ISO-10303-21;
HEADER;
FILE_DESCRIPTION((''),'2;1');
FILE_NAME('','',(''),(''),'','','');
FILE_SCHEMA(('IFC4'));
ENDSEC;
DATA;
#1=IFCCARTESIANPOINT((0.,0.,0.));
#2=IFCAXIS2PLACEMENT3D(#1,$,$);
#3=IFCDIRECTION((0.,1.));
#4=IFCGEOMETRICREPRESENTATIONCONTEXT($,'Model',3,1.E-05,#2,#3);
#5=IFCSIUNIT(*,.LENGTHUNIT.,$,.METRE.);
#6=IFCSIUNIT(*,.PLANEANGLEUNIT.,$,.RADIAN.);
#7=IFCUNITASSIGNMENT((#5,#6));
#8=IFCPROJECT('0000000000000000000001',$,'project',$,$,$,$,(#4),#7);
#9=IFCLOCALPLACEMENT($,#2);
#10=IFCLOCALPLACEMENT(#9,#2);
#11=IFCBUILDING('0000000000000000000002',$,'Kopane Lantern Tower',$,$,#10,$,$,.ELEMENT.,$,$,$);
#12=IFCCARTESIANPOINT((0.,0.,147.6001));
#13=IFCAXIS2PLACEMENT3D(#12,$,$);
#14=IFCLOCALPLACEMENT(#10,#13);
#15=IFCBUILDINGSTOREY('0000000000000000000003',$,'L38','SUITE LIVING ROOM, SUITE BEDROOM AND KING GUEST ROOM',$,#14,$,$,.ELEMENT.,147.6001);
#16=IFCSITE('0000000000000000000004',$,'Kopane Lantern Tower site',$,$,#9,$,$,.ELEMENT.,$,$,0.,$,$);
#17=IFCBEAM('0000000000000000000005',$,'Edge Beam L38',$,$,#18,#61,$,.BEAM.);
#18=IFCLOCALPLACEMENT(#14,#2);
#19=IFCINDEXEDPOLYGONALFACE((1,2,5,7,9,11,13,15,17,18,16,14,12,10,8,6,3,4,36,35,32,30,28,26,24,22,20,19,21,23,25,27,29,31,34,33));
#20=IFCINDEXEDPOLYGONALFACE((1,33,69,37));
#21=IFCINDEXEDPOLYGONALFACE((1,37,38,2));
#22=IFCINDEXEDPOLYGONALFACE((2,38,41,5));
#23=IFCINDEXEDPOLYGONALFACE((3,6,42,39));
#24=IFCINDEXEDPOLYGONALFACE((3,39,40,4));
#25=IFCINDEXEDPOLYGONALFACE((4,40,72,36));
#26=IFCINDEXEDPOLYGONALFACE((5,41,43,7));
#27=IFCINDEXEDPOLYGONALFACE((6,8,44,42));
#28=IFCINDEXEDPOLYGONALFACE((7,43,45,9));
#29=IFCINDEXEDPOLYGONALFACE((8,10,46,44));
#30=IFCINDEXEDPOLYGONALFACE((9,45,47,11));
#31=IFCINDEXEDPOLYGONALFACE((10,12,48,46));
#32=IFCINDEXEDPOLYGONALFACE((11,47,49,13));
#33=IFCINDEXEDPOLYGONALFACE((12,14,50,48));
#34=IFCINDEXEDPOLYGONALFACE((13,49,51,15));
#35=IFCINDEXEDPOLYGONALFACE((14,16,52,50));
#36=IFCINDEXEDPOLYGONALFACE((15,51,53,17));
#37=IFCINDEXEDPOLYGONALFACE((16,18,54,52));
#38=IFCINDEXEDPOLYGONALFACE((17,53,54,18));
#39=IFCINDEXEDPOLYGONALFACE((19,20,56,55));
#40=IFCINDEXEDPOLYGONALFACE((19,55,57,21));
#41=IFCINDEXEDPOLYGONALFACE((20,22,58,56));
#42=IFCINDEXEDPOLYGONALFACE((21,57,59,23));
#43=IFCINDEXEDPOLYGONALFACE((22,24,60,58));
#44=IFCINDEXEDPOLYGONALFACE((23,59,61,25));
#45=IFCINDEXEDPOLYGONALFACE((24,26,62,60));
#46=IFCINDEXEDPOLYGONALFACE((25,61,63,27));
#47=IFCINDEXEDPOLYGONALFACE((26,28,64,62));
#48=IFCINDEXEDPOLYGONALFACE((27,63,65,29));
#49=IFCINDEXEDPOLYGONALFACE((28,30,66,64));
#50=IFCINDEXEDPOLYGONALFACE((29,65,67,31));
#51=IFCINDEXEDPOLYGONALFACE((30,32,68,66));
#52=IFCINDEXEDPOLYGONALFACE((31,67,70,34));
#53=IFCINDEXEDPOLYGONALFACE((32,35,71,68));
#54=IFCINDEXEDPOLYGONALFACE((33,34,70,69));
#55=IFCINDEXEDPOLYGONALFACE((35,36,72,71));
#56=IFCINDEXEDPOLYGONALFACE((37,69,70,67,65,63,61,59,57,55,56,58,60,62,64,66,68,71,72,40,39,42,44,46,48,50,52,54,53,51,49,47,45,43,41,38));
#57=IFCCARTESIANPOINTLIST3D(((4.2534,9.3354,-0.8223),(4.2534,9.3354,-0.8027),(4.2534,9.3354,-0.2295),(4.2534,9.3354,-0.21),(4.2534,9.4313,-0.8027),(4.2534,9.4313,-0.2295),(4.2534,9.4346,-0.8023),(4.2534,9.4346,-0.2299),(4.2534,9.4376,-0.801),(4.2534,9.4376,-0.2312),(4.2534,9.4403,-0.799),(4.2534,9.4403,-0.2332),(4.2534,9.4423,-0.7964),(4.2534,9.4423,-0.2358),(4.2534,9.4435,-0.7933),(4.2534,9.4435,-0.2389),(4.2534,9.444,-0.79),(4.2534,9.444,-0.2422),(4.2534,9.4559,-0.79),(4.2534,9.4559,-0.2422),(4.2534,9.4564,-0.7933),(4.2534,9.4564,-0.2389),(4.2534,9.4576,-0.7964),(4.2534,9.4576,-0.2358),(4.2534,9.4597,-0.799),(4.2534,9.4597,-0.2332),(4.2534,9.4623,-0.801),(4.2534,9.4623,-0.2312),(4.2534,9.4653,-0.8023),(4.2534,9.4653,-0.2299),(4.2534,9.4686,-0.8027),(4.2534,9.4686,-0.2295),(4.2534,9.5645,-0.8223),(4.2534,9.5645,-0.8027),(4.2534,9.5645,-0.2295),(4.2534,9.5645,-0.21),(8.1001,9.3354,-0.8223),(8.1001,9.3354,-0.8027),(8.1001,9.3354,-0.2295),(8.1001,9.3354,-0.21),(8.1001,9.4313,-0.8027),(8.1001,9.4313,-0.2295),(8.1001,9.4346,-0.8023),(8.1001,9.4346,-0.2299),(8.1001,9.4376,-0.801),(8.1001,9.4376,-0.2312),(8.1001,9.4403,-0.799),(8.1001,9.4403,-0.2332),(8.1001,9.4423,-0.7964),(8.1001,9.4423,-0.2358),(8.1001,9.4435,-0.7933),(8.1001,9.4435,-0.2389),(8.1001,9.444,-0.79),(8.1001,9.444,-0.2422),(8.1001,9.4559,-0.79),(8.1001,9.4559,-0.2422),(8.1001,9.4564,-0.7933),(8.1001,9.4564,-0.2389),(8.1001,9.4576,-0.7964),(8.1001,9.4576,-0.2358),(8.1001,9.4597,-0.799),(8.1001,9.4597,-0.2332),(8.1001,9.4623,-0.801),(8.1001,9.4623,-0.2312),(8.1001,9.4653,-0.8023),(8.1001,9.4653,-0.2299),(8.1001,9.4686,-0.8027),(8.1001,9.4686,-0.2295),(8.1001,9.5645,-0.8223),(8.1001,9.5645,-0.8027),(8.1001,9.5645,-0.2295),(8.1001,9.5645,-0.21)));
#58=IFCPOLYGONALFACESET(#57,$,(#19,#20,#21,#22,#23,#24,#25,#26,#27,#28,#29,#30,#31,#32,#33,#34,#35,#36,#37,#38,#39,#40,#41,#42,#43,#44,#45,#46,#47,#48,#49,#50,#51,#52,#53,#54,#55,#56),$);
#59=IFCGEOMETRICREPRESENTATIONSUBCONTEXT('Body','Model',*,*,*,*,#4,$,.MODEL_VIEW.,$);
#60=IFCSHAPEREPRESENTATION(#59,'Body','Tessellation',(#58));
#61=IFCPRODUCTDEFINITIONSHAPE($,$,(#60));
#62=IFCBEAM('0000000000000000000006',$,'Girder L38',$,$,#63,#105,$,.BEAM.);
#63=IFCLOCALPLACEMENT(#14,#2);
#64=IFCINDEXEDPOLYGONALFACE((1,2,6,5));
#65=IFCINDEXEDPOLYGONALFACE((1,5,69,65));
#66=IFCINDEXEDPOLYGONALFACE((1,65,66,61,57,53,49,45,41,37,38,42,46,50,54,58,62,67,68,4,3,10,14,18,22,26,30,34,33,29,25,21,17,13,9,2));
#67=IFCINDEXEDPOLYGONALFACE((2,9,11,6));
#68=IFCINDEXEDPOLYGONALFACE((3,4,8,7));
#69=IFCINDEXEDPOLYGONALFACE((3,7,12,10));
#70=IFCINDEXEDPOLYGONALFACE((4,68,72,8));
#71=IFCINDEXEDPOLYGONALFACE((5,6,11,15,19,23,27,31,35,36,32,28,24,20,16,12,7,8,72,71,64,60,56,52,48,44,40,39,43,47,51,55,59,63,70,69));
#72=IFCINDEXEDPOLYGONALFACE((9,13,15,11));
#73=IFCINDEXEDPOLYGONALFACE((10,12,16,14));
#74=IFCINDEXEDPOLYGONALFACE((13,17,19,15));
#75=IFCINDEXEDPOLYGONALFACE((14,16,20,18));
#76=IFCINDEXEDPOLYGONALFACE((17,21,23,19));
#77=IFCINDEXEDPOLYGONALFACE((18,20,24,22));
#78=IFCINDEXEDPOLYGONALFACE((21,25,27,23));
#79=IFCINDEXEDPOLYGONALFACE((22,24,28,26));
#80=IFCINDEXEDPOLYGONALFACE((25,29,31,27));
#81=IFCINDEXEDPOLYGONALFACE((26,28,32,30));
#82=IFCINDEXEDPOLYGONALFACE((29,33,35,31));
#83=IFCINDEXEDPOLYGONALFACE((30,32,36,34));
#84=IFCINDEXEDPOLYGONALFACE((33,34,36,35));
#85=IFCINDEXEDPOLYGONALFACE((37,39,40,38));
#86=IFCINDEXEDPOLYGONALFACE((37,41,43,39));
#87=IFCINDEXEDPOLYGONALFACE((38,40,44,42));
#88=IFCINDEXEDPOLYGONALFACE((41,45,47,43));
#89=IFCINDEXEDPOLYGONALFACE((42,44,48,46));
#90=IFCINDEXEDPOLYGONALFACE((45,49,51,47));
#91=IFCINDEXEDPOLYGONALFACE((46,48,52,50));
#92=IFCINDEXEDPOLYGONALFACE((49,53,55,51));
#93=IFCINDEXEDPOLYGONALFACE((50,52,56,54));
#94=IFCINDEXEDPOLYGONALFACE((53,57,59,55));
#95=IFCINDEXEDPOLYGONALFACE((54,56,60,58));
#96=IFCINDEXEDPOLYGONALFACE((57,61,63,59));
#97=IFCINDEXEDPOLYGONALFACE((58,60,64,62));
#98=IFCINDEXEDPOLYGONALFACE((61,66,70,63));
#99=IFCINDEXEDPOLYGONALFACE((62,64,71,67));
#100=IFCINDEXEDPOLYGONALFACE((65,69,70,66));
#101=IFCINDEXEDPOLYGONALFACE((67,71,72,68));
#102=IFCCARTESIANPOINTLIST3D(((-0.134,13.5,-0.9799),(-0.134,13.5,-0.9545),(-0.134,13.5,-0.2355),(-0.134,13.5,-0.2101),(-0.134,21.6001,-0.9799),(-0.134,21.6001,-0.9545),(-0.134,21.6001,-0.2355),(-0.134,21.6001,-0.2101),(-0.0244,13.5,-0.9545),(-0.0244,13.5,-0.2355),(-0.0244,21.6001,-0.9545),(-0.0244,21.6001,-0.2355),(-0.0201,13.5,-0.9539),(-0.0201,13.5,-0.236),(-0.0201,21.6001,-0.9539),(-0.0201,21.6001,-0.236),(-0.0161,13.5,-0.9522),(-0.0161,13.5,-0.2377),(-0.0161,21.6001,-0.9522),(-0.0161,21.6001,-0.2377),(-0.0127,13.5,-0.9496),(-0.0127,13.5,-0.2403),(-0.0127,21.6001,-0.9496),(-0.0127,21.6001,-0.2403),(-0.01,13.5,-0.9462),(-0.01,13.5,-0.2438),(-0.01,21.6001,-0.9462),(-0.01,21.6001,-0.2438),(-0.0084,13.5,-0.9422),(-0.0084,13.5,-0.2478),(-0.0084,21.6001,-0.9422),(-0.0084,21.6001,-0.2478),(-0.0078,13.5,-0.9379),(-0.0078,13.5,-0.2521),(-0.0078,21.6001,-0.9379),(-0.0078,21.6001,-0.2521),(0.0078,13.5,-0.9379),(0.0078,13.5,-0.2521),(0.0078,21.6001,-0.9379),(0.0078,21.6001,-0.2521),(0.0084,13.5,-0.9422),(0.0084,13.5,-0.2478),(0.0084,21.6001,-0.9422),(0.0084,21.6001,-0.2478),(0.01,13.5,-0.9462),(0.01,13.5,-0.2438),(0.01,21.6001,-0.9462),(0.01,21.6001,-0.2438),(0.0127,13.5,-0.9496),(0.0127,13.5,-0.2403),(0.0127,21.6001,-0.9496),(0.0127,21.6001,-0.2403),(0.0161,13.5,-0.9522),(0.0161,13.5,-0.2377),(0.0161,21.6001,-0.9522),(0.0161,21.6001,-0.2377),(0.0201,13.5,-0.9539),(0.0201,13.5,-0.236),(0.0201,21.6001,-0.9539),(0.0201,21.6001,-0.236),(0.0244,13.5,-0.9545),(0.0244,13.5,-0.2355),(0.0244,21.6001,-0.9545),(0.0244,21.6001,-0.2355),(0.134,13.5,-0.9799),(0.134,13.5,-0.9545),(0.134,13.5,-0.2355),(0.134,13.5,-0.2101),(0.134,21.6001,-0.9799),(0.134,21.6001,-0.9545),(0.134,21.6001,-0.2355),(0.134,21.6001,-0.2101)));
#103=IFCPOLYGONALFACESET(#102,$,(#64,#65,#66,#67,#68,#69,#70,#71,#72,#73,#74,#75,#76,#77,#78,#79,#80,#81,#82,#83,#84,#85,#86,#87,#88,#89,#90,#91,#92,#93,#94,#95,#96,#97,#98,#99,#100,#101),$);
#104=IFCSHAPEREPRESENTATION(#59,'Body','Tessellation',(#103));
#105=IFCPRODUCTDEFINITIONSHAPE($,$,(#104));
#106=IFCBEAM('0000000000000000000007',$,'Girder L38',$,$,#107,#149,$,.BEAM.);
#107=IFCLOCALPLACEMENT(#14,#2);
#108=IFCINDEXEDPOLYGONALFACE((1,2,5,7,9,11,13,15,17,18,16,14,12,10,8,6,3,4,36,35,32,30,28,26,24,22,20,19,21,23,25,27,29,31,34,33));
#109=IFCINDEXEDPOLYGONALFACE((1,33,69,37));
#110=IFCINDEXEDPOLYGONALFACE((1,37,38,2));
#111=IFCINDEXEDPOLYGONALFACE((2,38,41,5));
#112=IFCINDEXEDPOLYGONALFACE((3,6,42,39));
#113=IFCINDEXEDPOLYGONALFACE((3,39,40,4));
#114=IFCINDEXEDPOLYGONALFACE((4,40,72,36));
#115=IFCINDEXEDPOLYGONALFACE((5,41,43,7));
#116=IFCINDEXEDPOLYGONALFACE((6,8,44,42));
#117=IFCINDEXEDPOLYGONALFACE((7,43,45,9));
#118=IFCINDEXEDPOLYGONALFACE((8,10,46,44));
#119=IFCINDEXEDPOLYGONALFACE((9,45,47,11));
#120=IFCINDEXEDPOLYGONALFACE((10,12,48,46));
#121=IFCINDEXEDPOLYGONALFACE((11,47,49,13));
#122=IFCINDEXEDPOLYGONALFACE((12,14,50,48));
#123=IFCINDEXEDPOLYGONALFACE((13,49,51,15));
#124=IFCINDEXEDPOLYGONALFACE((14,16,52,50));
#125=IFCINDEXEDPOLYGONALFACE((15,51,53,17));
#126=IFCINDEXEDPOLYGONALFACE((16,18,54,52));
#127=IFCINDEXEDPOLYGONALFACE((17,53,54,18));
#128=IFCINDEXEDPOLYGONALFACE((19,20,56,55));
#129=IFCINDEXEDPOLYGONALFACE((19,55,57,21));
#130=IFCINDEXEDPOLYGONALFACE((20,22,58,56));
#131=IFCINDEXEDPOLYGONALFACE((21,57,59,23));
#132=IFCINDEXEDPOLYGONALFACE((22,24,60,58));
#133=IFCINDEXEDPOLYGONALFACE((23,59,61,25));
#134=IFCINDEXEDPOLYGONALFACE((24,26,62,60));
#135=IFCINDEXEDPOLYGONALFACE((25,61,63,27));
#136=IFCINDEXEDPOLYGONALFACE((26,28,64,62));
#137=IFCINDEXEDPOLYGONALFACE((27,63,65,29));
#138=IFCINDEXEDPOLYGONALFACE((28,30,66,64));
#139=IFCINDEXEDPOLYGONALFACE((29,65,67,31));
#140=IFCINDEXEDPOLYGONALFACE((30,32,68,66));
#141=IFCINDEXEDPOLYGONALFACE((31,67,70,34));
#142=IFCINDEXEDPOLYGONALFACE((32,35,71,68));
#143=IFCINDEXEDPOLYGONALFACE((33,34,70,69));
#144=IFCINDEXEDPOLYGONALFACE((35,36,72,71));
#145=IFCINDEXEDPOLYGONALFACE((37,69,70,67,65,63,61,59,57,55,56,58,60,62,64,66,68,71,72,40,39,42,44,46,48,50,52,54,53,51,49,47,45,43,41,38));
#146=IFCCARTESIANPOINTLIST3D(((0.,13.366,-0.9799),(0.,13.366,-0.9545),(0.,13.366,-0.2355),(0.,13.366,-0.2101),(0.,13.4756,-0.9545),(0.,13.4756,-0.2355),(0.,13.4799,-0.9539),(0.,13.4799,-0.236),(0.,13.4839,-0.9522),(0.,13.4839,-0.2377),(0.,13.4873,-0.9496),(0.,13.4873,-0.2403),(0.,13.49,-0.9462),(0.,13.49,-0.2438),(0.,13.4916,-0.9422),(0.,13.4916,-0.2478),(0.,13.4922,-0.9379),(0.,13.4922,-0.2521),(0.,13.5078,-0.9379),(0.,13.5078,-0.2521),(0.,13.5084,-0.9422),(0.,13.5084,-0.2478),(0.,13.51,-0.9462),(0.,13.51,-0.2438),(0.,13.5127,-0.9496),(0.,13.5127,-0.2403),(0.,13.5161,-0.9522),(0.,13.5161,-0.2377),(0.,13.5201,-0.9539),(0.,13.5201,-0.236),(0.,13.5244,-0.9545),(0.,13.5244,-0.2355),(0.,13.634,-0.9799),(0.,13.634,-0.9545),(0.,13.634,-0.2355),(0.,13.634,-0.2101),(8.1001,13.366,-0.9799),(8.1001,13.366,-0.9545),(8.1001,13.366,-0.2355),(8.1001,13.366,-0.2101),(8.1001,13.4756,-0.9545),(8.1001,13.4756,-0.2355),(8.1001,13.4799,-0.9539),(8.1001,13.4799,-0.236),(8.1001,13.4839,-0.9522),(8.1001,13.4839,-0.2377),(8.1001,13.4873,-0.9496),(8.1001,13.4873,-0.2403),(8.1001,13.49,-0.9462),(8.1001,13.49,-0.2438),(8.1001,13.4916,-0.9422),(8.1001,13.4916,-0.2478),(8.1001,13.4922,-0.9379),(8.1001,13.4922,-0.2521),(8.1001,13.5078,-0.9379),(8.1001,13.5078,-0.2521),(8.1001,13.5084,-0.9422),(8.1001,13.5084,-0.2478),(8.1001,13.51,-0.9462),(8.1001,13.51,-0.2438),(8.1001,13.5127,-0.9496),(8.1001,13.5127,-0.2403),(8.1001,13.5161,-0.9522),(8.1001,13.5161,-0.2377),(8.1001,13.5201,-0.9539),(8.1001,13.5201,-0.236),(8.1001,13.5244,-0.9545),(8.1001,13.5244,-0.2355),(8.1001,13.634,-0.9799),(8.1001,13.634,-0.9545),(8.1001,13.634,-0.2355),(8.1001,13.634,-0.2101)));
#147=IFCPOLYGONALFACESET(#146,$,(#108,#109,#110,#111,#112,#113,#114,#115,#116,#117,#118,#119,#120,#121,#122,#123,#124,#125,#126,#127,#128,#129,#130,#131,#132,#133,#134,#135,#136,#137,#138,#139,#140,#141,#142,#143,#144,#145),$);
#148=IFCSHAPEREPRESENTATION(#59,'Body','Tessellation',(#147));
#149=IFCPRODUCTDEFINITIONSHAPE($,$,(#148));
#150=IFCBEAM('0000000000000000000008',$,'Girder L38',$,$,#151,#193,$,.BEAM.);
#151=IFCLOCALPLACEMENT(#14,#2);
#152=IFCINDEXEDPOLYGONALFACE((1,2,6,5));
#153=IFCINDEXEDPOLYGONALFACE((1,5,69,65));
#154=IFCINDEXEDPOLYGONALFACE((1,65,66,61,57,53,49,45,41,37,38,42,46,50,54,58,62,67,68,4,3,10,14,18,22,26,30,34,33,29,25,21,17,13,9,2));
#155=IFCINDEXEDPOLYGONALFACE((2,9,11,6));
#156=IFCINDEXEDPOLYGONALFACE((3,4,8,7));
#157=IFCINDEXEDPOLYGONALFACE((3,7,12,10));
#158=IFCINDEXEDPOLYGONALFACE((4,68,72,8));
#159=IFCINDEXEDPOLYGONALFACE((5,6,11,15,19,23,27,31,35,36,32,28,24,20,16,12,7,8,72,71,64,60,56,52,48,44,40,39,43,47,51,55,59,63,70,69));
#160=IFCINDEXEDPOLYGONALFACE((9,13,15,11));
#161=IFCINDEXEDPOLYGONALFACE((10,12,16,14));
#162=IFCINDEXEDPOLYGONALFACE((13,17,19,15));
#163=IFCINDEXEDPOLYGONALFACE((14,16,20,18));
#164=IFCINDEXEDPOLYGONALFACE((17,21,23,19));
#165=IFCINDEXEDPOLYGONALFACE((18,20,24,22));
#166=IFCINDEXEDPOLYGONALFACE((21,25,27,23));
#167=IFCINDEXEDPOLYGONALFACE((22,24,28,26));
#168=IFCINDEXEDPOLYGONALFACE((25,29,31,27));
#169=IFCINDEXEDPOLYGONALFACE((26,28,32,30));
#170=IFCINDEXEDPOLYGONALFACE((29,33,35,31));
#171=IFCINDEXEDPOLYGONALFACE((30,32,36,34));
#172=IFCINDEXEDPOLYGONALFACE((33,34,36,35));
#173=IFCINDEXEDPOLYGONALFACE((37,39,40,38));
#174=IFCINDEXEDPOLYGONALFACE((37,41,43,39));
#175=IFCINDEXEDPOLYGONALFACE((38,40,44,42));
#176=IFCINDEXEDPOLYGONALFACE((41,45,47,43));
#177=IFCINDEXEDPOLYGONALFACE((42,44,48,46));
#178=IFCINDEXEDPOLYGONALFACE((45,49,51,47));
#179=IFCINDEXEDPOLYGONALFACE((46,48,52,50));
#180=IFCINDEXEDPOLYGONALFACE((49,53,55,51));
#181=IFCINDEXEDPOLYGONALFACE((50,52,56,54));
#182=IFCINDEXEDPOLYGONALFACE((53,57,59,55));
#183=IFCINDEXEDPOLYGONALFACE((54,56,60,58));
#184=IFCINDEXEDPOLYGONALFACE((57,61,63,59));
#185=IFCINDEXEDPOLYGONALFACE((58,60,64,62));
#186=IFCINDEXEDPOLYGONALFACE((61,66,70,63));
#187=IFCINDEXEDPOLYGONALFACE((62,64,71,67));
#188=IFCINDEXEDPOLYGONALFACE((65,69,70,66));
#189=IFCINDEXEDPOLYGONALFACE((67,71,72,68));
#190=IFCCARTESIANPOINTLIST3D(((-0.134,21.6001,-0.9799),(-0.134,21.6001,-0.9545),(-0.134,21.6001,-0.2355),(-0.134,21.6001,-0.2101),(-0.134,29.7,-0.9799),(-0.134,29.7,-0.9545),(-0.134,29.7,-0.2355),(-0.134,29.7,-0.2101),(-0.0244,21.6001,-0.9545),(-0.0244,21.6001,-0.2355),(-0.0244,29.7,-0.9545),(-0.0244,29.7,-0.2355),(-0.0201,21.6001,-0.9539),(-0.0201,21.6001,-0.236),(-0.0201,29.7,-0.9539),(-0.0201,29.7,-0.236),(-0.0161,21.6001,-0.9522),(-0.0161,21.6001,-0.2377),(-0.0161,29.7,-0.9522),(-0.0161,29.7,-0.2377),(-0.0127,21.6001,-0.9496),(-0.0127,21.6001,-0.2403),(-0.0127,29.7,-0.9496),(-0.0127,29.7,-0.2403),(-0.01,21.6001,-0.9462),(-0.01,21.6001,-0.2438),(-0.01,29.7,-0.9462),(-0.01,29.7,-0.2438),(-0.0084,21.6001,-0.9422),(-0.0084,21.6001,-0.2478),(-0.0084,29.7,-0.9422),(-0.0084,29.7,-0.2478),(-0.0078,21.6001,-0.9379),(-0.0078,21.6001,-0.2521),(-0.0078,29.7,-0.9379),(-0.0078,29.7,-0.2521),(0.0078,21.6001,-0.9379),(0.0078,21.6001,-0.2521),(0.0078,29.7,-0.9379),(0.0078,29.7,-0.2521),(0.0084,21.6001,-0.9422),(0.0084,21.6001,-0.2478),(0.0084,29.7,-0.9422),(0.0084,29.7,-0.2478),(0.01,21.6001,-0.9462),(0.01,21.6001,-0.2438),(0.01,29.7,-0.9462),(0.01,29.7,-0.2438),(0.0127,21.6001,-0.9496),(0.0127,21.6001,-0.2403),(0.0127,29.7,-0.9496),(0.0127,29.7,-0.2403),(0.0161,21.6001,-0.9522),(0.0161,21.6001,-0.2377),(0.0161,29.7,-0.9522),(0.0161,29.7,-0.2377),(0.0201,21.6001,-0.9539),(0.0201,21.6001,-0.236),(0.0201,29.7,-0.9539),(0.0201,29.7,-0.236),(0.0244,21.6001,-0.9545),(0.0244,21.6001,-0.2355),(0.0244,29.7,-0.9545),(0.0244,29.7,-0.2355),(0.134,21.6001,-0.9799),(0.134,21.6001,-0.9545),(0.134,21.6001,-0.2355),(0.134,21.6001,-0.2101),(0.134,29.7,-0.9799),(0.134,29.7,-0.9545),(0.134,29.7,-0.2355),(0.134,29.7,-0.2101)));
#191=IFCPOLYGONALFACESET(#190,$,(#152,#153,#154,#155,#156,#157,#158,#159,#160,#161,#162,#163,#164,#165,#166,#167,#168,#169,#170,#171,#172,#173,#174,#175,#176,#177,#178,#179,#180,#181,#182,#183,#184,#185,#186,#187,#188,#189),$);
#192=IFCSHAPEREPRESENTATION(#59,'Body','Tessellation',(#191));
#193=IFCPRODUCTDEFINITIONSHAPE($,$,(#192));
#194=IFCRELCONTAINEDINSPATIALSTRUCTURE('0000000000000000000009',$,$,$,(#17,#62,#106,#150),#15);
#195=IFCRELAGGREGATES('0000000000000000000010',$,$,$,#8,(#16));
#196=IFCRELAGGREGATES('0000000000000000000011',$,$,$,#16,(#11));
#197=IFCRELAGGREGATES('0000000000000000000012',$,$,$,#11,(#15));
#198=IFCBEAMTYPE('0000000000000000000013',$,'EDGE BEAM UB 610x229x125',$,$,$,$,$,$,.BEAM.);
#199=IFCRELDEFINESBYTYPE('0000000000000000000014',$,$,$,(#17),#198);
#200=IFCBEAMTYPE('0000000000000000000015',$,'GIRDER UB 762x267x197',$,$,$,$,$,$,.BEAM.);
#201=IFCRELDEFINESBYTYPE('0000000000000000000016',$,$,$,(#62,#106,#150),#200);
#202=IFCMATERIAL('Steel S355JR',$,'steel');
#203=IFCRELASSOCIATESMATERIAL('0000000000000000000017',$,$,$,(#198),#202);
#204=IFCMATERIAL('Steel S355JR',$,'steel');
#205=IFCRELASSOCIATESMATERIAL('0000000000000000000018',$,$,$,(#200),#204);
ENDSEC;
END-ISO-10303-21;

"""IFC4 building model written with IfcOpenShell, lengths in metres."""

from ifc_helpers import new_model, si_unit, direction, frame, origin, origin_2d, place, context, subcontext, project, spatial, i_section, extrude, material, material_profile, profile_set, type_object, element, save


model = new_model("IFC4")

# Units and contexts
model_context = context("Model", 3, precision=1e-05, world=origin(), true_north=direction((0.0, 1.0)))
body_context = subcontext(model_context, "Body", "Model", "MODEL_VIEW")
ifc_project = project(units=[si_unit("LENGTHUNIT", "METRE"), si_unit("PLANEANGLEUNIT", "RADIAN")], contexts=[model_context])

# Site, building, storey
site_placement = place(None, origin())
site = spatial("IfcSite", under=ifc_project, at=site_placement, Name="Kopane Lantern Tower site", CompositionType="ELEMENT", RefElevation=0.0)
building_placement = place(site_placement, origin())
building = spatial("IfcBuilding", under=site, at=building_placement, Name="Kopane Lantern Tower", CompositionType="ELEMENT")
storey_placement = place(building_placement, frame((0.0, 0.0, 147.6001)))
storey = spatial("IfcBuildingStorey", under=building, at=storey_placement, Name="L38", Description="SUITE LIVING ROOM, SUITE BEDROOM AND KING GUEST ROOM", CompositionType="ELEMENT", Elevation=147.6001)

# Beams
ifc_material_1 = material(Name="Steel S355JR", Category="steel")
ifc_material_profile_1 = material_profile(ifc_material_1, i_section(OverallWidth=0.229, OverallDepth=0.6123, WebThickness=0.012, FlangeThickness=0.0195, FilletRadius=0.0127, at=origin_2d()), Name="UB 610x229x125")
ifc_profile_set_1 = profile_set([ifc_material_profile_1], Name="Steel S355JR")
beam_type_1 = type_object("IfcBeamType", Name="EDGE BEAM UB 610x229x125", PredefinedType="BEAM", material=ifc_profile_set_1)
beam_1_placement = place(storey_placement, frame((4.2534, 9.45, -0.5161), z_axis=(1.0, 0.0, 0.0), x_axis=(0.0, 1.0, 0.0)))
element("IfcBeam", 1, at=beam_1_placement, inside=storey, type_object=beam_type_1, Name="Edge Beam L38", PredefinedType="BEAM", context=body_context, shape_type="SweptSolid", body=[
    extrude(i_section(OverallWidth=0.229, OverallDepth=0.6123, WebThickness=0.012, FlangeThickness=0.0195, FilletRadius=0.0127, at=origin_2d()), origin(), (0.0, 0.0, 1.0), 3.8467),
])
ifc_material_2 = material(Name="Steel S355JR", Category="steel")
ifc_material_profile_2 = material_profile(ifc_material_2, i_section(OverallWidth=0.2681, OverallDepth=0.7698, WebThickness=0.0156, FlangeThickness=0.0254, FilletRadius=0.0166, at=origin_2d()), Name="UB 762x267x197")
ifc_profile_set_2 = profile_set([ifc_material_profile_2], Name="Steel S355JR")
beam_type_2 = type_object("IfcBeamType", Name="GIRDER UB 762x267x197", PredefinedType="BEAM", material=ifc_profile_set_2)
for number, where, z_axis, x_axis, name in (
    (2, (0.0, 13.5, -0.595), (0.0, 1.0, 0.0), (-1.0, 0.0, 0.0), "Girder L38"),
    (3, (0.0, 13.5, -0.595), (1.0, 0.0, 0.0), (0.0, 1.0, 0.0), "Girder L38"),
):
    element("IfcBeam", number, at=place(storey_placement, frame(where, z_axis=z_axis, x_axis=x_axis)), inside=storey, type_object=beam_type_2, Name=name, PredefinedType="BEAM", context=body_context, shape_type="SweptSolid", body=[
        extrude(i_section(OverallWidth=0.2681, OverallDepth=0.7698, WebThickness=0.0156, FlangeThickness=0.0254, FilletRadius=0.0166, at=origin_2d()), origin(), (0.0, 0.0, 1.0), 8.1001),
    ])
beam_2_placement = place(storey_placement, frame((0.0, 21.6001, -0.595), z_axis=(0.0, 1.0, 0.0), x_axis=(-1.0, 0.0, 0.0)))
element("IfcBeam", 4, at=beam_2_placement, inside=storey, type_object=beam_type_2, Name="Girder L38", PredefinedType="BEAM", context=body_context, shape_type="SweptSolid", body=[
    extrude(i_section(OverallWidth=0.2681, OverallDepth=0.7698, WebThickness=0.0156, FlangeThickness=0.0254, FilletRadius=0.0166, at=origin_2d()), origin(), (0.0, 0.0, 1.0), 8.0999),
])

save(model, "model.ifc")
